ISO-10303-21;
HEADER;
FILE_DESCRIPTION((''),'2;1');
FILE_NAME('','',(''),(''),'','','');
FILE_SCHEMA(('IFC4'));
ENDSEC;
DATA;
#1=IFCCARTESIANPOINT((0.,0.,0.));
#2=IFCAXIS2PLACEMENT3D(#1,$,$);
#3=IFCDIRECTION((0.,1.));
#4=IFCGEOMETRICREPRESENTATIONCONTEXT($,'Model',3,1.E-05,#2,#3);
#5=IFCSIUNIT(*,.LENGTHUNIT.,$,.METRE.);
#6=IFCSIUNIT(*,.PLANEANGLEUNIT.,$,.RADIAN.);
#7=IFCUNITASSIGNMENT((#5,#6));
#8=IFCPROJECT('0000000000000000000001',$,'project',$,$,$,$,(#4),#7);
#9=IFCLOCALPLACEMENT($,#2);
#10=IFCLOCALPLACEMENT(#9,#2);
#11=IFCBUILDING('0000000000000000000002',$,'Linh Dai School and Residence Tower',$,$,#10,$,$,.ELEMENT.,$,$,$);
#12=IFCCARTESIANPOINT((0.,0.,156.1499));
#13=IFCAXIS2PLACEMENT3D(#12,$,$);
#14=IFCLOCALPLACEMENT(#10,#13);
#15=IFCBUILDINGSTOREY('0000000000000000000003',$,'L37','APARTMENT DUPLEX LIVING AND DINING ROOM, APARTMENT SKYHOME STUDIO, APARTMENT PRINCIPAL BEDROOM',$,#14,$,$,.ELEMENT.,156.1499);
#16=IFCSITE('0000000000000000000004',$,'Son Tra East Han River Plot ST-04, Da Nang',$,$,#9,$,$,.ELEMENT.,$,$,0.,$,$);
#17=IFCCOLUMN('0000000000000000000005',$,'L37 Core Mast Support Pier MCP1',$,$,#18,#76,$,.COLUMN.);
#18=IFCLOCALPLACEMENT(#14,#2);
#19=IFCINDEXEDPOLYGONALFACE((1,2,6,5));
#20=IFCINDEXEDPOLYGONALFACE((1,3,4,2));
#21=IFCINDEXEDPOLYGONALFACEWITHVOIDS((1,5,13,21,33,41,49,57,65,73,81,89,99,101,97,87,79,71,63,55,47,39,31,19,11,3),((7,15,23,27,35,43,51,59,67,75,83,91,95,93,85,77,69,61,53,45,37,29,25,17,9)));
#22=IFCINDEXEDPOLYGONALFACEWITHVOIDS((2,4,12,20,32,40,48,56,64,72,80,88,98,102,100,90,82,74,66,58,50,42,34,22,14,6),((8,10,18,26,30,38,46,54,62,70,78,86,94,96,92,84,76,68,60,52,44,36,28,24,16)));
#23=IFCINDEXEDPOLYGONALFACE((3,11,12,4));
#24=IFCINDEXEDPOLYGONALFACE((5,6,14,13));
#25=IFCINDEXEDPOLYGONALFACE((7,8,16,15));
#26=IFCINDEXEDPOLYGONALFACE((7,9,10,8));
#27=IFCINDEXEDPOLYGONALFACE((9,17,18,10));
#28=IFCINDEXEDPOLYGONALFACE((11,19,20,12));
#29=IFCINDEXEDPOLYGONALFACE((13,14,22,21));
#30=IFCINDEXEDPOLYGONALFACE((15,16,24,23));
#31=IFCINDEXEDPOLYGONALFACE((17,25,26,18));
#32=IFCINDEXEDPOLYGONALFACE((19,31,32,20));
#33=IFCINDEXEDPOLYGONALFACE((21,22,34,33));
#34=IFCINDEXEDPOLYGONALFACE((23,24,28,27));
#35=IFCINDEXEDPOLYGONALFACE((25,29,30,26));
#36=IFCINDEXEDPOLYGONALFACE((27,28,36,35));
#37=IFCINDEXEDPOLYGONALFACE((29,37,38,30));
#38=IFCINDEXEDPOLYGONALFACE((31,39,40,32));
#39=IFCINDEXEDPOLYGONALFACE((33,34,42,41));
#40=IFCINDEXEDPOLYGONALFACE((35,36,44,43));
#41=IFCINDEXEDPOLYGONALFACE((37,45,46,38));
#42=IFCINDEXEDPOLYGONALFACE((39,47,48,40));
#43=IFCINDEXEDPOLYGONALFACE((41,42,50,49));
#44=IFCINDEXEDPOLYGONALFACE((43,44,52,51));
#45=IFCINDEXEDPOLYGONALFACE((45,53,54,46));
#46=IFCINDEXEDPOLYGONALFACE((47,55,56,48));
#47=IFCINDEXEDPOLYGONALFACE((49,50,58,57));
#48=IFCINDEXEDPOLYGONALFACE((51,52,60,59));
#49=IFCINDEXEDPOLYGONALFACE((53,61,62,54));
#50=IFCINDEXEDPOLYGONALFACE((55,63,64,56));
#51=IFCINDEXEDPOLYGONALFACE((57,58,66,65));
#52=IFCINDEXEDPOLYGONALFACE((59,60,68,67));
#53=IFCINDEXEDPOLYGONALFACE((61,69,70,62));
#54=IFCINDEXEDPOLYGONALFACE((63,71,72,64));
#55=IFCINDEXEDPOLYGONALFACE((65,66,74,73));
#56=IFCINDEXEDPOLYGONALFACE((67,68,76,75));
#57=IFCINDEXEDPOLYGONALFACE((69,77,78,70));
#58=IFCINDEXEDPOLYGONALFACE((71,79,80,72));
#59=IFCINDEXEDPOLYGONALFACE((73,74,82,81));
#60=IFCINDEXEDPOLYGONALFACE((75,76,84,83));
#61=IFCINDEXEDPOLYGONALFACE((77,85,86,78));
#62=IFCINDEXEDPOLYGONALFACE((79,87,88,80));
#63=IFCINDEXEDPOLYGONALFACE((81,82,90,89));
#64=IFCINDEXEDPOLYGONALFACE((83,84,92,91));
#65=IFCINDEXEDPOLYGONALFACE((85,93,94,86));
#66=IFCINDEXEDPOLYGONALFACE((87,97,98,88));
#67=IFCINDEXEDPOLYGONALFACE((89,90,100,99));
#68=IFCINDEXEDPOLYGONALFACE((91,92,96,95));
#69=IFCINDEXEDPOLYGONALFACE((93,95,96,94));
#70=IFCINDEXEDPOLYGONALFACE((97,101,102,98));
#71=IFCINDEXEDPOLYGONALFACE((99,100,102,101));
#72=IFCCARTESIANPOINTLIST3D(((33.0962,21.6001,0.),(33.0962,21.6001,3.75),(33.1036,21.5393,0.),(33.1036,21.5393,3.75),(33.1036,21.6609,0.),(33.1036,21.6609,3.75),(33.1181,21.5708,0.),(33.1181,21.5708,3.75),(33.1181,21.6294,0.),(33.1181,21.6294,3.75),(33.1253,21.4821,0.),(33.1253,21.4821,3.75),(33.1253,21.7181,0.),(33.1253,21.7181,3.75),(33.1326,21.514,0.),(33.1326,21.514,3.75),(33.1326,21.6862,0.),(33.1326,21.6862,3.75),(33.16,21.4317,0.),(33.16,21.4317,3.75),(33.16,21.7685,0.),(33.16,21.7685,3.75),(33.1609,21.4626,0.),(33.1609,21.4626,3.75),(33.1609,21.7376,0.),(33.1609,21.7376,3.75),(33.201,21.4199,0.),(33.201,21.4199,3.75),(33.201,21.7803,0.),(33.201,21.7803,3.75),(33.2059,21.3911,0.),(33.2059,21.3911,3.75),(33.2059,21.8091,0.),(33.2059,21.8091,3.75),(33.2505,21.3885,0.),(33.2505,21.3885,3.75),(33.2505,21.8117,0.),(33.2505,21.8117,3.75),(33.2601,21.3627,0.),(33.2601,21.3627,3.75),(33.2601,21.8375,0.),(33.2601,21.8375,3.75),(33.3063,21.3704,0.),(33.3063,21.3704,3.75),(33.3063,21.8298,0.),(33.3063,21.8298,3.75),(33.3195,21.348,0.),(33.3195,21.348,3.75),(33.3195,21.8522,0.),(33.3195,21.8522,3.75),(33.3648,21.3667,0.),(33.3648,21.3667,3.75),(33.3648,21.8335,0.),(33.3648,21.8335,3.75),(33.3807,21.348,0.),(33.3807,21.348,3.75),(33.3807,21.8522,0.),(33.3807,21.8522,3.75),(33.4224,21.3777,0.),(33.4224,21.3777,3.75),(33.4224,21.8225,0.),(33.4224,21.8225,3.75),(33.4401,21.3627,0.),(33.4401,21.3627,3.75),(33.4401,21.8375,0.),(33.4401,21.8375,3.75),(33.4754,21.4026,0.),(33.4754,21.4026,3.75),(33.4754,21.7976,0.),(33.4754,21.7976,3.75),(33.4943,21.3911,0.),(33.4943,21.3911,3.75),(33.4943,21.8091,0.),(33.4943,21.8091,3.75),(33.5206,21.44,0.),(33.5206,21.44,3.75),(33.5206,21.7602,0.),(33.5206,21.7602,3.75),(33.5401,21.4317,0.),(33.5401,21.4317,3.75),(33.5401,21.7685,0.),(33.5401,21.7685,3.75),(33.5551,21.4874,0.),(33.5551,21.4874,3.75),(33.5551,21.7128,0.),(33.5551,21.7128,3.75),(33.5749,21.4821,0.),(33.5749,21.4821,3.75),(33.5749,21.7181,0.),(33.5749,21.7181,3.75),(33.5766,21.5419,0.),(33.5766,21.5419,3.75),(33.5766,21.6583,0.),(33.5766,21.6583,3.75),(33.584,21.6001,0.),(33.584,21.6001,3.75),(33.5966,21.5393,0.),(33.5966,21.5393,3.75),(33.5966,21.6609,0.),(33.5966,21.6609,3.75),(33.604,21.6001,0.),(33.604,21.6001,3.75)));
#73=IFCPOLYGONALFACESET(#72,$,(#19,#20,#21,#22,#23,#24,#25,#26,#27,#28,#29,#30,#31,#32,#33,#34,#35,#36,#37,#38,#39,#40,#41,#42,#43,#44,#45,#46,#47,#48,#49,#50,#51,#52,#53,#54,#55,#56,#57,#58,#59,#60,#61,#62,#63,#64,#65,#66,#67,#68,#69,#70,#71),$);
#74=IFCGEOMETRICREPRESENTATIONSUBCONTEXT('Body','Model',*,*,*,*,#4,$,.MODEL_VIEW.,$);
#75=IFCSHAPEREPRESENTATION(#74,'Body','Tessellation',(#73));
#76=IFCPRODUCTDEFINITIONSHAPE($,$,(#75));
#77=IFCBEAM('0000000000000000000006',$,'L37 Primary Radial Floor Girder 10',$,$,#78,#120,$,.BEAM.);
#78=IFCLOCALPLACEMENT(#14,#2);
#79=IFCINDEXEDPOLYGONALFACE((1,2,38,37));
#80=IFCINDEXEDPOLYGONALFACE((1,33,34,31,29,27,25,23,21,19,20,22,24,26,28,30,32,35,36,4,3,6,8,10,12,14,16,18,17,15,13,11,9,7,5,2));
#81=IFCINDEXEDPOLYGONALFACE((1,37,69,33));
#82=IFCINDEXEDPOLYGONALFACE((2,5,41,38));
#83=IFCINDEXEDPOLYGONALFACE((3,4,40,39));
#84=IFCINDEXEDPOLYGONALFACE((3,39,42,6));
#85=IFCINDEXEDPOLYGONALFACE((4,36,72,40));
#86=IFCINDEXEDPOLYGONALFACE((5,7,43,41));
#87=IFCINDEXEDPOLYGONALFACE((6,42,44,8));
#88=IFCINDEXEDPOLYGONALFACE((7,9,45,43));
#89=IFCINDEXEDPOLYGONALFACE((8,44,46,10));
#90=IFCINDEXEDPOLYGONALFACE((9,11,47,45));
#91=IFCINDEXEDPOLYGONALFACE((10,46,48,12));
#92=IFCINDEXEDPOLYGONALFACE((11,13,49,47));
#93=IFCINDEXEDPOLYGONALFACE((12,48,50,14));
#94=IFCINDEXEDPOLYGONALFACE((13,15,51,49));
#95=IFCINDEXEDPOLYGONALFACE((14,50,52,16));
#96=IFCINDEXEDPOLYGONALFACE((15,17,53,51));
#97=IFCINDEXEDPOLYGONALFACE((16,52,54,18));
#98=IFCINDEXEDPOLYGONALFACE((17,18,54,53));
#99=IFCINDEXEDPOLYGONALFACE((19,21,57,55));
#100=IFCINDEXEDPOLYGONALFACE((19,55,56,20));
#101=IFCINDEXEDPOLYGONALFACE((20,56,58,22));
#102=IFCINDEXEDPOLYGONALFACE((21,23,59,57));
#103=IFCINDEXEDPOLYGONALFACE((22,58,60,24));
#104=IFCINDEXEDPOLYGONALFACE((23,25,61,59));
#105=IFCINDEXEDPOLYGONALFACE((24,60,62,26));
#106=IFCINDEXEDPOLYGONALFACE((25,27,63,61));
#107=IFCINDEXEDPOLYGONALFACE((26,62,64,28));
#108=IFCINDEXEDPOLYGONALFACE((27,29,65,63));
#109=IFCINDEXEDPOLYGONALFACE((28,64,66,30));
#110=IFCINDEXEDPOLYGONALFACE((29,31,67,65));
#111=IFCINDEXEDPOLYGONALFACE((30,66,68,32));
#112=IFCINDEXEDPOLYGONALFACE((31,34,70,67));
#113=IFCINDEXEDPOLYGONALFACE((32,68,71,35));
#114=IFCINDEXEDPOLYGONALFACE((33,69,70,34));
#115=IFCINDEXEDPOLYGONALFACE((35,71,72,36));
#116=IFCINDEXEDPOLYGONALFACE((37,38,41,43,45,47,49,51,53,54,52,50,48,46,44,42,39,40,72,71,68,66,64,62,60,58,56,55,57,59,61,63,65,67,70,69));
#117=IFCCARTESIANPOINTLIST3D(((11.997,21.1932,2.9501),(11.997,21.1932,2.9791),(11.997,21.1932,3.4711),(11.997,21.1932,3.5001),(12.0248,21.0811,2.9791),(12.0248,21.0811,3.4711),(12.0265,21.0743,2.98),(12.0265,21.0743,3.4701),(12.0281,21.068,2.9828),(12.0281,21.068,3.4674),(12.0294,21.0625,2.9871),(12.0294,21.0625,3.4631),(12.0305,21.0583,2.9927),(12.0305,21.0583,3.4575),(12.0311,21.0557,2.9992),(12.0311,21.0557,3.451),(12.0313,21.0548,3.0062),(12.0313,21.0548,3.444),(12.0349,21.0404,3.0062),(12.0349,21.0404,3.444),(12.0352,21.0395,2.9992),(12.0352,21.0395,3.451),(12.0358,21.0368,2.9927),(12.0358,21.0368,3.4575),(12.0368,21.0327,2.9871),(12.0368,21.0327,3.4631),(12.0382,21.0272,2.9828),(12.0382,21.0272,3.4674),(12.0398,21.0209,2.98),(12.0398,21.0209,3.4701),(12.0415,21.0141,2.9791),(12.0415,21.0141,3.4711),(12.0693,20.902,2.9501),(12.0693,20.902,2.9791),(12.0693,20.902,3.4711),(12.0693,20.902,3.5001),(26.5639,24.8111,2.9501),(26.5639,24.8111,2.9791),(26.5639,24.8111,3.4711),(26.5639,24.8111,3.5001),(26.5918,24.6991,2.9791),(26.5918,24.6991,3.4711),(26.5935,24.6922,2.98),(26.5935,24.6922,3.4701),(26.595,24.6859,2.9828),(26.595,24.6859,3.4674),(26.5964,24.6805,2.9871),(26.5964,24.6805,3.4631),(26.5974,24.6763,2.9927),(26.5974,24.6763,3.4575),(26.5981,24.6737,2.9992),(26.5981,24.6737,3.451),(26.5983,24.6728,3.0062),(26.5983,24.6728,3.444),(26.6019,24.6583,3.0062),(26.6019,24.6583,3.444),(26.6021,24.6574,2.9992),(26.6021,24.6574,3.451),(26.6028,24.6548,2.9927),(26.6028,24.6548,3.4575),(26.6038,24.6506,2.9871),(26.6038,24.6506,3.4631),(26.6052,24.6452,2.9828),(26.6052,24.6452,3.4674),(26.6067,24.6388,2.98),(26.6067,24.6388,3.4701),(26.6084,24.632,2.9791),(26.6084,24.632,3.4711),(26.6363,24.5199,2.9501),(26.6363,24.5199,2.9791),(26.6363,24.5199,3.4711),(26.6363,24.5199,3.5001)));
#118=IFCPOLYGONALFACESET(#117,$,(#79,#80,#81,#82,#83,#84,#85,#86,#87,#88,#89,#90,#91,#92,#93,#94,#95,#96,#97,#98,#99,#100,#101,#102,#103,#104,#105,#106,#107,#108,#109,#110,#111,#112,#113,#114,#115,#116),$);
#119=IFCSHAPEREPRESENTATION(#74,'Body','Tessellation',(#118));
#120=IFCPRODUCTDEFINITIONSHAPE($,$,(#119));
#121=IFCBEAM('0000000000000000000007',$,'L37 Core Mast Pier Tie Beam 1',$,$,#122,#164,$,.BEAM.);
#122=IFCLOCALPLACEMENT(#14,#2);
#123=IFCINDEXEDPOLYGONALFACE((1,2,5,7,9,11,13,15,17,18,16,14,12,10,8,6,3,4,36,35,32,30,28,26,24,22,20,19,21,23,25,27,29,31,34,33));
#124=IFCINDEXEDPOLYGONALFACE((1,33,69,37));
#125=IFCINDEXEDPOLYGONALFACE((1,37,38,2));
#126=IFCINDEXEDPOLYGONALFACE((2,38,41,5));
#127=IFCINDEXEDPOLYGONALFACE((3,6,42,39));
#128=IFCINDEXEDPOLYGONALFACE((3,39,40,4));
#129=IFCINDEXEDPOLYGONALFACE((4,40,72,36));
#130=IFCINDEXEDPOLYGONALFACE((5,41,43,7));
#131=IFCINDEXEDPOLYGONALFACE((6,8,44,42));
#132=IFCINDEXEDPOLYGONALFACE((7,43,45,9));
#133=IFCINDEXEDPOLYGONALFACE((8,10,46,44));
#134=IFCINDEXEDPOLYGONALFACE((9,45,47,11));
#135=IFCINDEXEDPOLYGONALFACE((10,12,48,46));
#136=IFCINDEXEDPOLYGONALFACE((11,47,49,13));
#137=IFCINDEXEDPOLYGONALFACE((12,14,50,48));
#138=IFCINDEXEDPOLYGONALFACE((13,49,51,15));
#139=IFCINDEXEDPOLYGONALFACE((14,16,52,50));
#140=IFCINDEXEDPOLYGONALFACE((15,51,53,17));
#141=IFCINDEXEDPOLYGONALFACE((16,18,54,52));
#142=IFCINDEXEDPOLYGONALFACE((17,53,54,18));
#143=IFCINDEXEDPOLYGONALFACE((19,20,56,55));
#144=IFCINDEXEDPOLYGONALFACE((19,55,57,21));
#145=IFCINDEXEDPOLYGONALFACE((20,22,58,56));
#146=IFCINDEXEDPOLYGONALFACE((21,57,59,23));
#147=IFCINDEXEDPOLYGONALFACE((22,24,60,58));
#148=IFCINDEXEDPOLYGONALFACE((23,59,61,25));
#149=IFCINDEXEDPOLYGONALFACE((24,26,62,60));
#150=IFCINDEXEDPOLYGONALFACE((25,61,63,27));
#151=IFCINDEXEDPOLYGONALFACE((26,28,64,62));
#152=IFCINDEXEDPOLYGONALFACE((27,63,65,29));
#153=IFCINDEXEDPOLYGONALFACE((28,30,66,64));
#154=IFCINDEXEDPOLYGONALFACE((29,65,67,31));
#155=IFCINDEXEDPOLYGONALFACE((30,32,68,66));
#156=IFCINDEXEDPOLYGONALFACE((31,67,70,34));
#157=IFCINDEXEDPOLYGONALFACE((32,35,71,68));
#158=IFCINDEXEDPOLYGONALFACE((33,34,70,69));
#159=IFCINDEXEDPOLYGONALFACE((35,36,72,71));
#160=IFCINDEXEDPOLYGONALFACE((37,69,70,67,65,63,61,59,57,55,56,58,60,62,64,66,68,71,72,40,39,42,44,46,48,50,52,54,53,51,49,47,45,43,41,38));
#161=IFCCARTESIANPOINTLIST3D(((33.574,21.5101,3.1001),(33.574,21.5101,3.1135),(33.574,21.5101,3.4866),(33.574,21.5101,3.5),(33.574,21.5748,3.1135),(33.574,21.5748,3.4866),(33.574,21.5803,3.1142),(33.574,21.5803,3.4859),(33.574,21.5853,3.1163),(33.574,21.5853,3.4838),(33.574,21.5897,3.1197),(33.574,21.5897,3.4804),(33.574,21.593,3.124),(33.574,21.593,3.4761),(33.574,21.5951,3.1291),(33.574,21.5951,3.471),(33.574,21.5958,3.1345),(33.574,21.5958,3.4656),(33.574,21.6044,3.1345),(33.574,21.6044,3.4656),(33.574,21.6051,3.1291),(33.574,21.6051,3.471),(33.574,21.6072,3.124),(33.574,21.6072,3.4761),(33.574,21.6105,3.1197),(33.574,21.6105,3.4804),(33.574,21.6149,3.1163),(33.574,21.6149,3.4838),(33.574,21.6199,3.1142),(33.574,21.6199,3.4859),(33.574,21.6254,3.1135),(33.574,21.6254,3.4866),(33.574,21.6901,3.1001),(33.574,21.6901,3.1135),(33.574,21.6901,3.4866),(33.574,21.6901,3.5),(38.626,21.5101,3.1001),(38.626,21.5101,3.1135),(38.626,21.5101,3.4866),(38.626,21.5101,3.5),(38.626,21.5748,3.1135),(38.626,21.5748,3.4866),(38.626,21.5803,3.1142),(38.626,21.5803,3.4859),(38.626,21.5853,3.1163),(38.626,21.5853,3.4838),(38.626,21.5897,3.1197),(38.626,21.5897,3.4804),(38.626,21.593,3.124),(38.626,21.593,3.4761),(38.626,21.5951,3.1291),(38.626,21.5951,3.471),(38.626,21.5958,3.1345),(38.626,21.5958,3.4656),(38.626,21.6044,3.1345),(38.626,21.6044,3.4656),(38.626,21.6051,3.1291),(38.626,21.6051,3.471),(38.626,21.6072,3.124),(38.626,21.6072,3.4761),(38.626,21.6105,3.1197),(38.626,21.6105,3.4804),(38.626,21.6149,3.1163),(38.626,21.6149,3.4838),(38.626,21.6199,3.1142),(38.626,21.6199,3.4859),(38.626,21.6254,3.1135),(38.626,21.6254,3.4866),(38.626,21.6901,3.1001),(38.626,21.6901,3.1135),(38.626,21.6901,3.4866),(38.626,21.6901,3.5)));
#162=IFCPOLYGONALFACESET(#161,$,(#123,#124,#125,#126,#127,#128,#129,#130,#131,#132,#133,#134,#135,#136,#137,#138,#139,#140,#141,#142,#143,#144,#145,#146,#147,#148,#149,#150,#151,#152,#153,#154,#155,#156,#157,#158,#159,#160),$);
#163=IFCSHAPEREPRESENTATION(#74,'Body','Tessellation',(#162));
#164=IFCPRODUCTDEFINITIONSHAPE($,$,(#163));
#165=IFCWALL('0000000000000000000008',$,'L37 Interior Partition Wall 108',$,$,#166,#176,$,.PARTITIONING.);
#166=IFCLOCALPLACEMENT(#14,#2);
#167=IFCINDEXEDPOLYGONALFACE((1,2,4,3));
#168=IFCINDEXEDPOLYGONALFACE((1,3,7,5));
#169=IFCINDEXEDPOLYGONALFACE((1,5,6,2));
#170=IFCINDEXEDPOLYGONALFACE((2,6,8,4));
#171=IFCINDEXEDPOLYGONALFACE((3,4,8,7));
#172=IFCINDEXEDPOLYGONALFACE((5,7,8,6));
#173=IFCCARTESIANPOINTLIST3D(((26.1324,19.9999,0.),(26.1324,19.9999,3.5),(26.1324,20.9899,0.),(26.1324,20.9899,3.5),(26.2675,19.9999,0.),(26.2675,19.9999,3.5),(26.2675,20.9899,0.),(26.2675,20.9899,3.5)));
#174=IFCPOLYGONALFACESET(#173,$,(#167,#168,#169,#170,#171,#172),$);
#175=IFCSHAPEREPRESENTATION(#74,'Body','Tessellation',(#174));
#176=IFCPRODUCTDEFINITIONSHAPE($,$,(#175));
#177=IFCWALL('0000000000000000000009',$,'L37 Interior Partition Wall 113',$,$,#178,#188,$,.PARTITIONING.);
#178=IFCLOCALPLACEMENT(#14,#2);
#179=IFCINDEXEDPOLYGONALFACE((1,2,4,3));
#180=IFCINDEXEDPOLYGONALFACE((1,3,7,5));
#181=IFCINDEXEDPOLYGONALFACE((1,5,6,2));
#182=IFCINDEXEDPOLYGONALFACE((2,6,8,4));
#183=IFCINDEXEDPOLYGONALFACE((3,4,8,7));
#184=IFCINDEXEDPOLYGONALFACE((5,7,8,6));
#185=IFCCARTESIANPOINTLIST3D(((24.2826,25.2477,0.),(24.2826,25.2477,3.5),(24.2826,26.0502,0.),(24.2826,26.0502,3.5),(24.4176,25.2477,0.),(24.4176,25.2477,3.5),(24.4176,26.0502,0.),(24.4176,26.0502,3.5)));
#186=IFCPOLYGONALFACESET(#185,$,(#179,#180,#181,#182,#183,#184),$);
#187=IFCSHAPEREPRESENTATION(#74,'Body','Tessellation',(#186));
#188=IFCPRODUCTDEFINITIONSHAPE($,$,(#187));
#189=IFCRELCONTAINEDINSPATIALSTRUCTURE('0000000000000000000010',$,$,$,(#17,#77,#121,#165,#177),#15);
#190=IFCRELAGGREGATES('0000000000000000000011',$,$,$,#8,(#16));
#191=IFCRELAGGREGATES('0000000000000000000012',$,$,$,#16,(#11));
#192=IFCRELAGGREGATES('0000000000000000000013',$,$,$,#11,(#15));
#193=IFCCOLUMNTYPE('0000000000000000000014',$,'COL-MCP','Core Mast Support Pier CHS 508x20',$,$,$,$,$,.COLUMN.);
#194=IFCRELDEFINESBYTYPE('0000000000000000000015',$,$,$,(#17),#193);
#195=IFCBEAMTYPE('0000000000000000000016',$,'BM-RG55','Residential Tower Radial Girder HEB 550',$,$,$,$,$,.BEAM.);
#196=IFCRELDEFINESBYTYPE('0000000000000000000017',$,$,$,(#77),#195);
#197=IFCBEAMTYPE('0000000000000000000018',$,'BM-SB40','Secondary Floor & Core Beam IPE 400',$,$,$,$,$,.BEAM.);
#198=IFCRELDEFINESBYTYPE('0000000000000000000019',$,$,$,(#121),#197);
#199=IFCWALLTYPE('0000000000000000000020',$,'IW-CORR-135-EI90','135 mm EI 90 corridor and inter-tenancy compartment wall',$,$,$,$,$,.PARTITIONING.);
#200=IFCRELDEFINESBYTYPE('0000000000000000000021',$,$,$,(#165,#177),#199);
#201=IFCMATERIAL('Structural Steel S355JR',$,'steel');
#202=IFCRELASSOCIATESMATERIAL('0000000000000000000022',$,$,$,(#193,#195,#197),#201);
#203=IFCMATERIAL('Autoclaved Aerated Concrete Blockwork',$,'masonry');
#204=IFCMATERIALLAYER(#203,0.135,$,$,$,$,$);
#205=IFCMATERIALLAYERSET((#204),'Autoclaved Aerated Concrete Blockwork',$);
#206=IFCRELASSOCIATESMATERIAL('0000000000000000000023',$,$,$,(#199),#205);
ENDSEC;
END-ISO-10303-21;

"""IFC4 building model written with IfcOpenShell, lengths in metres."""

from ifc_helpers import new_model, si_unit, direction, frame, frame_2d, origin, origin_2d, place, context, subcontext, project, spatial, rectangle, hollow_circle, i_section, extrude, material, layer, layer_set, material_profile, profile_set, type_object, element, save


model = new_model("IFC4")

# Units and contexts
model_context = context("Model", 3, precision=1e-05, world=origin(), true_north=direction((0.0, 1.0)))
body_context = subcontext(model_context, "Body", "Model", "MODEL_VIEW")
ifc_project = project(units=[si_unit("LENGTHUNIT", "METRE"), si_unit("PLANEANGLEUNIT", "RADIAN")], contexts=[model_context])

# Site, building, storey
site_placement = place(None, origin())
site = spatial("IfcSite", under=ifc_project, at=site_placement, Name="Son Tra East Han River Plot ST-04, Da Nang", CompositionType="ELEMENT", RefElevation=0.0)
building_placement = place(site_placement, origin())
building = spatial("IfcBuilding", under=site, at=building_placement, Name="Linh Dai School and Residence Tower", CompositionType="ELEMENT")
storey_placement = place(building_placement, frame((0.0, 0.0, 156.1499)))
storey = spatial("IfcBuildingStorey", under=building, at=storey_placement, Name="L37", Description="APARTMENT DUPLEX LIVING AND DINING ROOM, APARTMENT SKYHOME STUDIO, APARTMENT PRINCIPAL BEDROOM", CompositionType="ELEMENT", Elevation=156.1499)

# Column
ifc_material_1 = material(Name="Structural Steel S355JR", Category="steel")
ifc_material_profile_1 = material_profile(ifc_material_1, hollow_circle(Radius=0.2539, WallThickness=0.02, at=origin_2d()), Name="CHS 508x20")
ifc_profile_set_1 = profile_set([ifc_material_profile_1], Name="Structural Steel S355JR")
column_type_1 = type_object("IfcColumnType", Name="COL-MCP", Description="Core Mast Support Pier CHS 508x20", PredefinedType="COLUMN", material=ifc_profile_set_1)
column_placement = place(storey_placement, frame((33.3501, 21.6001, 0.0), z_axis=(0.0, 0.0, 1.0), x_axis=(1.0, 0.0, 0.0)))
element("IfcColumn", 1, at=column_placement, inside=storey, type_object=column_type_1, Name="L37 Core Mast Support Pier MCP1", PredefinedType="COLUMN", context=body_context, shape_type="SweptSolid", body=[
    extrude(hollow_circle(Radius=0.2539, WallThickness=0.02, at=origin_2d()), origin(), (0.0, 0.0, 1.0), 3.75),
])

# Beams
ifc_material_profile_2 = material_profile(ifc_material_1, i_section(OverallWidth=0.3, OverallDepth=0.55, WebThickness=0.0149, FlangeThickness=0.0291, FilletRadius=0.0271, at=origin_2d()), Name="HEB 550")
ifc_profile_set_2 = profile_set([ifc_material_profile_2], Name="Structural Steel S355JR")
beam_type_1 = type_object("IfcBeamType", Name="BM-RG55", Description="Residential Tower Radial Girder HEB 550", PredefinedType="BEAM", material=ifc_profile_set_2)
beam_1_placement = place(storey_placement, frame((26.6001, 24.6655, 3.2251), z_axis=(-0.970515, -0.241043, 0.0), x_axis=(0.241043, -0.970515, 0.0)))
element("IfcBeam", 2, at=beam_1_placement, inside=storey, type_object=beam_type_1, Name="L37 Primary Radial Floor Girder 10", PredefinedType="BEAM", context=body_context, shape_type="SweptSolid", body=[
    extrude(i_section(OverallWidth=0.3, OverallDepth=0.55, WebThickness=0.0149, FlangeThickness=0.0291, FilletRadius=0.0271, at=origin_2d()), origin(), (0.0, 0.0, 1.0), 15.0095),
])
ifc_material_profile_3 = material_profile(ifc_material_1, i_section(OverallWidth=0.1799, OverallDepth=0.3999, WebThickness=0.0085, FlangeThickness=0.0134, FilletRadius=0.021, at=origin_2d()), Name="IPE 400")
ifc_profile_set_3 = profile_set([ifc_material_profile_3], Name="Structural Steel S355JR")
beam_type_2 = type_object("IfcBeamType", Name="BM-SB40", Description="Secondary Floor & Core Beam IPE 400", PredefinedType="BEAM", material=ifc_profile_set_3)
beam_2_placement = place(storey_placement, frame((33.574, 21.6001, 3.3), z_axis=(1.0, 0.0, 0.0), x_axis=(0.0, 1.0, 0.0)))
element("IfcBeam", 3, at=beam_2_placement, inside=storey, type_object=beam_type_2, Name="L37 Core Mast Pier Tie Beam 1", PredefinedType="BEAM", context=body_context, shape_type="SweptSolid", body=[
    extrude(i_section(OverallWidth=0.1799, OverallDepth=0.3999, WebThickness=0.0085, FlangeThickness=0.0134, FilletRadius=0.021, at=origin_2d()), origin(), (0.0, 0.0, 1.0), 5.052),
])

# Shared definitions
ifc_material_2 = material(Name="Autoclaved Aerated Concrete Blockwork", Category="masonry")
ifc_layer_1 = layer(ifc_material_2, 0.135)
ifc_layer_set_1 = layer_set([ifc_layer_1], Name="Autoclaved Aerated Concrete Blockwork")
wall_type_1 = type_object("IfcWallType", Name="IW-CORR-135-EI90", Description="135 mm EI 90 corridor and inter-tenancy compartment wall", PredefinedType="PARTITIONING", material=ifc_layer_set_1)

# Walls
wall_1_placement = place(storey_placement, frame((26.2, 20.99, 0.0), z_axis=(0.0, 0.0, 1.0), x_axis=(0.0, -1.0, 0.0)))
element("IfcWall", 4, at=wall_1_placement, inside=storey, type_object=wall_type_1, Name="L37 Interior Partition Wall 108", PredefinedType="PARTITIONING", context=body_context, shape_type="SweptSolid", body=[
    extrude(rectangle(XDim=0.99, YDim=0.135, at=frame_2d((0.4951, 0.0))), origin(), (0.0, 0.0, 1.0), 3.5),
])
wall_2_placement = place(storey_placement, frame((24.3501, 25.2476, 0.0), z_axis=(0.0, 0.0, 1.0), x_axis=(0.0, 1.0, 0.0)))
element("IfcWall", 5, at=wall_2_placement, inside=storey, type_object=wall_type_1, Name="L37 Interior Partition Wall 113", PredefinedType="PARTITIONING", context=body_context, shape_type="SweptSolid", body=[
    extrude(rectangle(XDim=0.8025, YDim=0.135, at=frame_2d((0.4014, 0.0))), origin(), (0.0, 0.0, 1.0), 3.5),
])

save(model, "model.ifc")
